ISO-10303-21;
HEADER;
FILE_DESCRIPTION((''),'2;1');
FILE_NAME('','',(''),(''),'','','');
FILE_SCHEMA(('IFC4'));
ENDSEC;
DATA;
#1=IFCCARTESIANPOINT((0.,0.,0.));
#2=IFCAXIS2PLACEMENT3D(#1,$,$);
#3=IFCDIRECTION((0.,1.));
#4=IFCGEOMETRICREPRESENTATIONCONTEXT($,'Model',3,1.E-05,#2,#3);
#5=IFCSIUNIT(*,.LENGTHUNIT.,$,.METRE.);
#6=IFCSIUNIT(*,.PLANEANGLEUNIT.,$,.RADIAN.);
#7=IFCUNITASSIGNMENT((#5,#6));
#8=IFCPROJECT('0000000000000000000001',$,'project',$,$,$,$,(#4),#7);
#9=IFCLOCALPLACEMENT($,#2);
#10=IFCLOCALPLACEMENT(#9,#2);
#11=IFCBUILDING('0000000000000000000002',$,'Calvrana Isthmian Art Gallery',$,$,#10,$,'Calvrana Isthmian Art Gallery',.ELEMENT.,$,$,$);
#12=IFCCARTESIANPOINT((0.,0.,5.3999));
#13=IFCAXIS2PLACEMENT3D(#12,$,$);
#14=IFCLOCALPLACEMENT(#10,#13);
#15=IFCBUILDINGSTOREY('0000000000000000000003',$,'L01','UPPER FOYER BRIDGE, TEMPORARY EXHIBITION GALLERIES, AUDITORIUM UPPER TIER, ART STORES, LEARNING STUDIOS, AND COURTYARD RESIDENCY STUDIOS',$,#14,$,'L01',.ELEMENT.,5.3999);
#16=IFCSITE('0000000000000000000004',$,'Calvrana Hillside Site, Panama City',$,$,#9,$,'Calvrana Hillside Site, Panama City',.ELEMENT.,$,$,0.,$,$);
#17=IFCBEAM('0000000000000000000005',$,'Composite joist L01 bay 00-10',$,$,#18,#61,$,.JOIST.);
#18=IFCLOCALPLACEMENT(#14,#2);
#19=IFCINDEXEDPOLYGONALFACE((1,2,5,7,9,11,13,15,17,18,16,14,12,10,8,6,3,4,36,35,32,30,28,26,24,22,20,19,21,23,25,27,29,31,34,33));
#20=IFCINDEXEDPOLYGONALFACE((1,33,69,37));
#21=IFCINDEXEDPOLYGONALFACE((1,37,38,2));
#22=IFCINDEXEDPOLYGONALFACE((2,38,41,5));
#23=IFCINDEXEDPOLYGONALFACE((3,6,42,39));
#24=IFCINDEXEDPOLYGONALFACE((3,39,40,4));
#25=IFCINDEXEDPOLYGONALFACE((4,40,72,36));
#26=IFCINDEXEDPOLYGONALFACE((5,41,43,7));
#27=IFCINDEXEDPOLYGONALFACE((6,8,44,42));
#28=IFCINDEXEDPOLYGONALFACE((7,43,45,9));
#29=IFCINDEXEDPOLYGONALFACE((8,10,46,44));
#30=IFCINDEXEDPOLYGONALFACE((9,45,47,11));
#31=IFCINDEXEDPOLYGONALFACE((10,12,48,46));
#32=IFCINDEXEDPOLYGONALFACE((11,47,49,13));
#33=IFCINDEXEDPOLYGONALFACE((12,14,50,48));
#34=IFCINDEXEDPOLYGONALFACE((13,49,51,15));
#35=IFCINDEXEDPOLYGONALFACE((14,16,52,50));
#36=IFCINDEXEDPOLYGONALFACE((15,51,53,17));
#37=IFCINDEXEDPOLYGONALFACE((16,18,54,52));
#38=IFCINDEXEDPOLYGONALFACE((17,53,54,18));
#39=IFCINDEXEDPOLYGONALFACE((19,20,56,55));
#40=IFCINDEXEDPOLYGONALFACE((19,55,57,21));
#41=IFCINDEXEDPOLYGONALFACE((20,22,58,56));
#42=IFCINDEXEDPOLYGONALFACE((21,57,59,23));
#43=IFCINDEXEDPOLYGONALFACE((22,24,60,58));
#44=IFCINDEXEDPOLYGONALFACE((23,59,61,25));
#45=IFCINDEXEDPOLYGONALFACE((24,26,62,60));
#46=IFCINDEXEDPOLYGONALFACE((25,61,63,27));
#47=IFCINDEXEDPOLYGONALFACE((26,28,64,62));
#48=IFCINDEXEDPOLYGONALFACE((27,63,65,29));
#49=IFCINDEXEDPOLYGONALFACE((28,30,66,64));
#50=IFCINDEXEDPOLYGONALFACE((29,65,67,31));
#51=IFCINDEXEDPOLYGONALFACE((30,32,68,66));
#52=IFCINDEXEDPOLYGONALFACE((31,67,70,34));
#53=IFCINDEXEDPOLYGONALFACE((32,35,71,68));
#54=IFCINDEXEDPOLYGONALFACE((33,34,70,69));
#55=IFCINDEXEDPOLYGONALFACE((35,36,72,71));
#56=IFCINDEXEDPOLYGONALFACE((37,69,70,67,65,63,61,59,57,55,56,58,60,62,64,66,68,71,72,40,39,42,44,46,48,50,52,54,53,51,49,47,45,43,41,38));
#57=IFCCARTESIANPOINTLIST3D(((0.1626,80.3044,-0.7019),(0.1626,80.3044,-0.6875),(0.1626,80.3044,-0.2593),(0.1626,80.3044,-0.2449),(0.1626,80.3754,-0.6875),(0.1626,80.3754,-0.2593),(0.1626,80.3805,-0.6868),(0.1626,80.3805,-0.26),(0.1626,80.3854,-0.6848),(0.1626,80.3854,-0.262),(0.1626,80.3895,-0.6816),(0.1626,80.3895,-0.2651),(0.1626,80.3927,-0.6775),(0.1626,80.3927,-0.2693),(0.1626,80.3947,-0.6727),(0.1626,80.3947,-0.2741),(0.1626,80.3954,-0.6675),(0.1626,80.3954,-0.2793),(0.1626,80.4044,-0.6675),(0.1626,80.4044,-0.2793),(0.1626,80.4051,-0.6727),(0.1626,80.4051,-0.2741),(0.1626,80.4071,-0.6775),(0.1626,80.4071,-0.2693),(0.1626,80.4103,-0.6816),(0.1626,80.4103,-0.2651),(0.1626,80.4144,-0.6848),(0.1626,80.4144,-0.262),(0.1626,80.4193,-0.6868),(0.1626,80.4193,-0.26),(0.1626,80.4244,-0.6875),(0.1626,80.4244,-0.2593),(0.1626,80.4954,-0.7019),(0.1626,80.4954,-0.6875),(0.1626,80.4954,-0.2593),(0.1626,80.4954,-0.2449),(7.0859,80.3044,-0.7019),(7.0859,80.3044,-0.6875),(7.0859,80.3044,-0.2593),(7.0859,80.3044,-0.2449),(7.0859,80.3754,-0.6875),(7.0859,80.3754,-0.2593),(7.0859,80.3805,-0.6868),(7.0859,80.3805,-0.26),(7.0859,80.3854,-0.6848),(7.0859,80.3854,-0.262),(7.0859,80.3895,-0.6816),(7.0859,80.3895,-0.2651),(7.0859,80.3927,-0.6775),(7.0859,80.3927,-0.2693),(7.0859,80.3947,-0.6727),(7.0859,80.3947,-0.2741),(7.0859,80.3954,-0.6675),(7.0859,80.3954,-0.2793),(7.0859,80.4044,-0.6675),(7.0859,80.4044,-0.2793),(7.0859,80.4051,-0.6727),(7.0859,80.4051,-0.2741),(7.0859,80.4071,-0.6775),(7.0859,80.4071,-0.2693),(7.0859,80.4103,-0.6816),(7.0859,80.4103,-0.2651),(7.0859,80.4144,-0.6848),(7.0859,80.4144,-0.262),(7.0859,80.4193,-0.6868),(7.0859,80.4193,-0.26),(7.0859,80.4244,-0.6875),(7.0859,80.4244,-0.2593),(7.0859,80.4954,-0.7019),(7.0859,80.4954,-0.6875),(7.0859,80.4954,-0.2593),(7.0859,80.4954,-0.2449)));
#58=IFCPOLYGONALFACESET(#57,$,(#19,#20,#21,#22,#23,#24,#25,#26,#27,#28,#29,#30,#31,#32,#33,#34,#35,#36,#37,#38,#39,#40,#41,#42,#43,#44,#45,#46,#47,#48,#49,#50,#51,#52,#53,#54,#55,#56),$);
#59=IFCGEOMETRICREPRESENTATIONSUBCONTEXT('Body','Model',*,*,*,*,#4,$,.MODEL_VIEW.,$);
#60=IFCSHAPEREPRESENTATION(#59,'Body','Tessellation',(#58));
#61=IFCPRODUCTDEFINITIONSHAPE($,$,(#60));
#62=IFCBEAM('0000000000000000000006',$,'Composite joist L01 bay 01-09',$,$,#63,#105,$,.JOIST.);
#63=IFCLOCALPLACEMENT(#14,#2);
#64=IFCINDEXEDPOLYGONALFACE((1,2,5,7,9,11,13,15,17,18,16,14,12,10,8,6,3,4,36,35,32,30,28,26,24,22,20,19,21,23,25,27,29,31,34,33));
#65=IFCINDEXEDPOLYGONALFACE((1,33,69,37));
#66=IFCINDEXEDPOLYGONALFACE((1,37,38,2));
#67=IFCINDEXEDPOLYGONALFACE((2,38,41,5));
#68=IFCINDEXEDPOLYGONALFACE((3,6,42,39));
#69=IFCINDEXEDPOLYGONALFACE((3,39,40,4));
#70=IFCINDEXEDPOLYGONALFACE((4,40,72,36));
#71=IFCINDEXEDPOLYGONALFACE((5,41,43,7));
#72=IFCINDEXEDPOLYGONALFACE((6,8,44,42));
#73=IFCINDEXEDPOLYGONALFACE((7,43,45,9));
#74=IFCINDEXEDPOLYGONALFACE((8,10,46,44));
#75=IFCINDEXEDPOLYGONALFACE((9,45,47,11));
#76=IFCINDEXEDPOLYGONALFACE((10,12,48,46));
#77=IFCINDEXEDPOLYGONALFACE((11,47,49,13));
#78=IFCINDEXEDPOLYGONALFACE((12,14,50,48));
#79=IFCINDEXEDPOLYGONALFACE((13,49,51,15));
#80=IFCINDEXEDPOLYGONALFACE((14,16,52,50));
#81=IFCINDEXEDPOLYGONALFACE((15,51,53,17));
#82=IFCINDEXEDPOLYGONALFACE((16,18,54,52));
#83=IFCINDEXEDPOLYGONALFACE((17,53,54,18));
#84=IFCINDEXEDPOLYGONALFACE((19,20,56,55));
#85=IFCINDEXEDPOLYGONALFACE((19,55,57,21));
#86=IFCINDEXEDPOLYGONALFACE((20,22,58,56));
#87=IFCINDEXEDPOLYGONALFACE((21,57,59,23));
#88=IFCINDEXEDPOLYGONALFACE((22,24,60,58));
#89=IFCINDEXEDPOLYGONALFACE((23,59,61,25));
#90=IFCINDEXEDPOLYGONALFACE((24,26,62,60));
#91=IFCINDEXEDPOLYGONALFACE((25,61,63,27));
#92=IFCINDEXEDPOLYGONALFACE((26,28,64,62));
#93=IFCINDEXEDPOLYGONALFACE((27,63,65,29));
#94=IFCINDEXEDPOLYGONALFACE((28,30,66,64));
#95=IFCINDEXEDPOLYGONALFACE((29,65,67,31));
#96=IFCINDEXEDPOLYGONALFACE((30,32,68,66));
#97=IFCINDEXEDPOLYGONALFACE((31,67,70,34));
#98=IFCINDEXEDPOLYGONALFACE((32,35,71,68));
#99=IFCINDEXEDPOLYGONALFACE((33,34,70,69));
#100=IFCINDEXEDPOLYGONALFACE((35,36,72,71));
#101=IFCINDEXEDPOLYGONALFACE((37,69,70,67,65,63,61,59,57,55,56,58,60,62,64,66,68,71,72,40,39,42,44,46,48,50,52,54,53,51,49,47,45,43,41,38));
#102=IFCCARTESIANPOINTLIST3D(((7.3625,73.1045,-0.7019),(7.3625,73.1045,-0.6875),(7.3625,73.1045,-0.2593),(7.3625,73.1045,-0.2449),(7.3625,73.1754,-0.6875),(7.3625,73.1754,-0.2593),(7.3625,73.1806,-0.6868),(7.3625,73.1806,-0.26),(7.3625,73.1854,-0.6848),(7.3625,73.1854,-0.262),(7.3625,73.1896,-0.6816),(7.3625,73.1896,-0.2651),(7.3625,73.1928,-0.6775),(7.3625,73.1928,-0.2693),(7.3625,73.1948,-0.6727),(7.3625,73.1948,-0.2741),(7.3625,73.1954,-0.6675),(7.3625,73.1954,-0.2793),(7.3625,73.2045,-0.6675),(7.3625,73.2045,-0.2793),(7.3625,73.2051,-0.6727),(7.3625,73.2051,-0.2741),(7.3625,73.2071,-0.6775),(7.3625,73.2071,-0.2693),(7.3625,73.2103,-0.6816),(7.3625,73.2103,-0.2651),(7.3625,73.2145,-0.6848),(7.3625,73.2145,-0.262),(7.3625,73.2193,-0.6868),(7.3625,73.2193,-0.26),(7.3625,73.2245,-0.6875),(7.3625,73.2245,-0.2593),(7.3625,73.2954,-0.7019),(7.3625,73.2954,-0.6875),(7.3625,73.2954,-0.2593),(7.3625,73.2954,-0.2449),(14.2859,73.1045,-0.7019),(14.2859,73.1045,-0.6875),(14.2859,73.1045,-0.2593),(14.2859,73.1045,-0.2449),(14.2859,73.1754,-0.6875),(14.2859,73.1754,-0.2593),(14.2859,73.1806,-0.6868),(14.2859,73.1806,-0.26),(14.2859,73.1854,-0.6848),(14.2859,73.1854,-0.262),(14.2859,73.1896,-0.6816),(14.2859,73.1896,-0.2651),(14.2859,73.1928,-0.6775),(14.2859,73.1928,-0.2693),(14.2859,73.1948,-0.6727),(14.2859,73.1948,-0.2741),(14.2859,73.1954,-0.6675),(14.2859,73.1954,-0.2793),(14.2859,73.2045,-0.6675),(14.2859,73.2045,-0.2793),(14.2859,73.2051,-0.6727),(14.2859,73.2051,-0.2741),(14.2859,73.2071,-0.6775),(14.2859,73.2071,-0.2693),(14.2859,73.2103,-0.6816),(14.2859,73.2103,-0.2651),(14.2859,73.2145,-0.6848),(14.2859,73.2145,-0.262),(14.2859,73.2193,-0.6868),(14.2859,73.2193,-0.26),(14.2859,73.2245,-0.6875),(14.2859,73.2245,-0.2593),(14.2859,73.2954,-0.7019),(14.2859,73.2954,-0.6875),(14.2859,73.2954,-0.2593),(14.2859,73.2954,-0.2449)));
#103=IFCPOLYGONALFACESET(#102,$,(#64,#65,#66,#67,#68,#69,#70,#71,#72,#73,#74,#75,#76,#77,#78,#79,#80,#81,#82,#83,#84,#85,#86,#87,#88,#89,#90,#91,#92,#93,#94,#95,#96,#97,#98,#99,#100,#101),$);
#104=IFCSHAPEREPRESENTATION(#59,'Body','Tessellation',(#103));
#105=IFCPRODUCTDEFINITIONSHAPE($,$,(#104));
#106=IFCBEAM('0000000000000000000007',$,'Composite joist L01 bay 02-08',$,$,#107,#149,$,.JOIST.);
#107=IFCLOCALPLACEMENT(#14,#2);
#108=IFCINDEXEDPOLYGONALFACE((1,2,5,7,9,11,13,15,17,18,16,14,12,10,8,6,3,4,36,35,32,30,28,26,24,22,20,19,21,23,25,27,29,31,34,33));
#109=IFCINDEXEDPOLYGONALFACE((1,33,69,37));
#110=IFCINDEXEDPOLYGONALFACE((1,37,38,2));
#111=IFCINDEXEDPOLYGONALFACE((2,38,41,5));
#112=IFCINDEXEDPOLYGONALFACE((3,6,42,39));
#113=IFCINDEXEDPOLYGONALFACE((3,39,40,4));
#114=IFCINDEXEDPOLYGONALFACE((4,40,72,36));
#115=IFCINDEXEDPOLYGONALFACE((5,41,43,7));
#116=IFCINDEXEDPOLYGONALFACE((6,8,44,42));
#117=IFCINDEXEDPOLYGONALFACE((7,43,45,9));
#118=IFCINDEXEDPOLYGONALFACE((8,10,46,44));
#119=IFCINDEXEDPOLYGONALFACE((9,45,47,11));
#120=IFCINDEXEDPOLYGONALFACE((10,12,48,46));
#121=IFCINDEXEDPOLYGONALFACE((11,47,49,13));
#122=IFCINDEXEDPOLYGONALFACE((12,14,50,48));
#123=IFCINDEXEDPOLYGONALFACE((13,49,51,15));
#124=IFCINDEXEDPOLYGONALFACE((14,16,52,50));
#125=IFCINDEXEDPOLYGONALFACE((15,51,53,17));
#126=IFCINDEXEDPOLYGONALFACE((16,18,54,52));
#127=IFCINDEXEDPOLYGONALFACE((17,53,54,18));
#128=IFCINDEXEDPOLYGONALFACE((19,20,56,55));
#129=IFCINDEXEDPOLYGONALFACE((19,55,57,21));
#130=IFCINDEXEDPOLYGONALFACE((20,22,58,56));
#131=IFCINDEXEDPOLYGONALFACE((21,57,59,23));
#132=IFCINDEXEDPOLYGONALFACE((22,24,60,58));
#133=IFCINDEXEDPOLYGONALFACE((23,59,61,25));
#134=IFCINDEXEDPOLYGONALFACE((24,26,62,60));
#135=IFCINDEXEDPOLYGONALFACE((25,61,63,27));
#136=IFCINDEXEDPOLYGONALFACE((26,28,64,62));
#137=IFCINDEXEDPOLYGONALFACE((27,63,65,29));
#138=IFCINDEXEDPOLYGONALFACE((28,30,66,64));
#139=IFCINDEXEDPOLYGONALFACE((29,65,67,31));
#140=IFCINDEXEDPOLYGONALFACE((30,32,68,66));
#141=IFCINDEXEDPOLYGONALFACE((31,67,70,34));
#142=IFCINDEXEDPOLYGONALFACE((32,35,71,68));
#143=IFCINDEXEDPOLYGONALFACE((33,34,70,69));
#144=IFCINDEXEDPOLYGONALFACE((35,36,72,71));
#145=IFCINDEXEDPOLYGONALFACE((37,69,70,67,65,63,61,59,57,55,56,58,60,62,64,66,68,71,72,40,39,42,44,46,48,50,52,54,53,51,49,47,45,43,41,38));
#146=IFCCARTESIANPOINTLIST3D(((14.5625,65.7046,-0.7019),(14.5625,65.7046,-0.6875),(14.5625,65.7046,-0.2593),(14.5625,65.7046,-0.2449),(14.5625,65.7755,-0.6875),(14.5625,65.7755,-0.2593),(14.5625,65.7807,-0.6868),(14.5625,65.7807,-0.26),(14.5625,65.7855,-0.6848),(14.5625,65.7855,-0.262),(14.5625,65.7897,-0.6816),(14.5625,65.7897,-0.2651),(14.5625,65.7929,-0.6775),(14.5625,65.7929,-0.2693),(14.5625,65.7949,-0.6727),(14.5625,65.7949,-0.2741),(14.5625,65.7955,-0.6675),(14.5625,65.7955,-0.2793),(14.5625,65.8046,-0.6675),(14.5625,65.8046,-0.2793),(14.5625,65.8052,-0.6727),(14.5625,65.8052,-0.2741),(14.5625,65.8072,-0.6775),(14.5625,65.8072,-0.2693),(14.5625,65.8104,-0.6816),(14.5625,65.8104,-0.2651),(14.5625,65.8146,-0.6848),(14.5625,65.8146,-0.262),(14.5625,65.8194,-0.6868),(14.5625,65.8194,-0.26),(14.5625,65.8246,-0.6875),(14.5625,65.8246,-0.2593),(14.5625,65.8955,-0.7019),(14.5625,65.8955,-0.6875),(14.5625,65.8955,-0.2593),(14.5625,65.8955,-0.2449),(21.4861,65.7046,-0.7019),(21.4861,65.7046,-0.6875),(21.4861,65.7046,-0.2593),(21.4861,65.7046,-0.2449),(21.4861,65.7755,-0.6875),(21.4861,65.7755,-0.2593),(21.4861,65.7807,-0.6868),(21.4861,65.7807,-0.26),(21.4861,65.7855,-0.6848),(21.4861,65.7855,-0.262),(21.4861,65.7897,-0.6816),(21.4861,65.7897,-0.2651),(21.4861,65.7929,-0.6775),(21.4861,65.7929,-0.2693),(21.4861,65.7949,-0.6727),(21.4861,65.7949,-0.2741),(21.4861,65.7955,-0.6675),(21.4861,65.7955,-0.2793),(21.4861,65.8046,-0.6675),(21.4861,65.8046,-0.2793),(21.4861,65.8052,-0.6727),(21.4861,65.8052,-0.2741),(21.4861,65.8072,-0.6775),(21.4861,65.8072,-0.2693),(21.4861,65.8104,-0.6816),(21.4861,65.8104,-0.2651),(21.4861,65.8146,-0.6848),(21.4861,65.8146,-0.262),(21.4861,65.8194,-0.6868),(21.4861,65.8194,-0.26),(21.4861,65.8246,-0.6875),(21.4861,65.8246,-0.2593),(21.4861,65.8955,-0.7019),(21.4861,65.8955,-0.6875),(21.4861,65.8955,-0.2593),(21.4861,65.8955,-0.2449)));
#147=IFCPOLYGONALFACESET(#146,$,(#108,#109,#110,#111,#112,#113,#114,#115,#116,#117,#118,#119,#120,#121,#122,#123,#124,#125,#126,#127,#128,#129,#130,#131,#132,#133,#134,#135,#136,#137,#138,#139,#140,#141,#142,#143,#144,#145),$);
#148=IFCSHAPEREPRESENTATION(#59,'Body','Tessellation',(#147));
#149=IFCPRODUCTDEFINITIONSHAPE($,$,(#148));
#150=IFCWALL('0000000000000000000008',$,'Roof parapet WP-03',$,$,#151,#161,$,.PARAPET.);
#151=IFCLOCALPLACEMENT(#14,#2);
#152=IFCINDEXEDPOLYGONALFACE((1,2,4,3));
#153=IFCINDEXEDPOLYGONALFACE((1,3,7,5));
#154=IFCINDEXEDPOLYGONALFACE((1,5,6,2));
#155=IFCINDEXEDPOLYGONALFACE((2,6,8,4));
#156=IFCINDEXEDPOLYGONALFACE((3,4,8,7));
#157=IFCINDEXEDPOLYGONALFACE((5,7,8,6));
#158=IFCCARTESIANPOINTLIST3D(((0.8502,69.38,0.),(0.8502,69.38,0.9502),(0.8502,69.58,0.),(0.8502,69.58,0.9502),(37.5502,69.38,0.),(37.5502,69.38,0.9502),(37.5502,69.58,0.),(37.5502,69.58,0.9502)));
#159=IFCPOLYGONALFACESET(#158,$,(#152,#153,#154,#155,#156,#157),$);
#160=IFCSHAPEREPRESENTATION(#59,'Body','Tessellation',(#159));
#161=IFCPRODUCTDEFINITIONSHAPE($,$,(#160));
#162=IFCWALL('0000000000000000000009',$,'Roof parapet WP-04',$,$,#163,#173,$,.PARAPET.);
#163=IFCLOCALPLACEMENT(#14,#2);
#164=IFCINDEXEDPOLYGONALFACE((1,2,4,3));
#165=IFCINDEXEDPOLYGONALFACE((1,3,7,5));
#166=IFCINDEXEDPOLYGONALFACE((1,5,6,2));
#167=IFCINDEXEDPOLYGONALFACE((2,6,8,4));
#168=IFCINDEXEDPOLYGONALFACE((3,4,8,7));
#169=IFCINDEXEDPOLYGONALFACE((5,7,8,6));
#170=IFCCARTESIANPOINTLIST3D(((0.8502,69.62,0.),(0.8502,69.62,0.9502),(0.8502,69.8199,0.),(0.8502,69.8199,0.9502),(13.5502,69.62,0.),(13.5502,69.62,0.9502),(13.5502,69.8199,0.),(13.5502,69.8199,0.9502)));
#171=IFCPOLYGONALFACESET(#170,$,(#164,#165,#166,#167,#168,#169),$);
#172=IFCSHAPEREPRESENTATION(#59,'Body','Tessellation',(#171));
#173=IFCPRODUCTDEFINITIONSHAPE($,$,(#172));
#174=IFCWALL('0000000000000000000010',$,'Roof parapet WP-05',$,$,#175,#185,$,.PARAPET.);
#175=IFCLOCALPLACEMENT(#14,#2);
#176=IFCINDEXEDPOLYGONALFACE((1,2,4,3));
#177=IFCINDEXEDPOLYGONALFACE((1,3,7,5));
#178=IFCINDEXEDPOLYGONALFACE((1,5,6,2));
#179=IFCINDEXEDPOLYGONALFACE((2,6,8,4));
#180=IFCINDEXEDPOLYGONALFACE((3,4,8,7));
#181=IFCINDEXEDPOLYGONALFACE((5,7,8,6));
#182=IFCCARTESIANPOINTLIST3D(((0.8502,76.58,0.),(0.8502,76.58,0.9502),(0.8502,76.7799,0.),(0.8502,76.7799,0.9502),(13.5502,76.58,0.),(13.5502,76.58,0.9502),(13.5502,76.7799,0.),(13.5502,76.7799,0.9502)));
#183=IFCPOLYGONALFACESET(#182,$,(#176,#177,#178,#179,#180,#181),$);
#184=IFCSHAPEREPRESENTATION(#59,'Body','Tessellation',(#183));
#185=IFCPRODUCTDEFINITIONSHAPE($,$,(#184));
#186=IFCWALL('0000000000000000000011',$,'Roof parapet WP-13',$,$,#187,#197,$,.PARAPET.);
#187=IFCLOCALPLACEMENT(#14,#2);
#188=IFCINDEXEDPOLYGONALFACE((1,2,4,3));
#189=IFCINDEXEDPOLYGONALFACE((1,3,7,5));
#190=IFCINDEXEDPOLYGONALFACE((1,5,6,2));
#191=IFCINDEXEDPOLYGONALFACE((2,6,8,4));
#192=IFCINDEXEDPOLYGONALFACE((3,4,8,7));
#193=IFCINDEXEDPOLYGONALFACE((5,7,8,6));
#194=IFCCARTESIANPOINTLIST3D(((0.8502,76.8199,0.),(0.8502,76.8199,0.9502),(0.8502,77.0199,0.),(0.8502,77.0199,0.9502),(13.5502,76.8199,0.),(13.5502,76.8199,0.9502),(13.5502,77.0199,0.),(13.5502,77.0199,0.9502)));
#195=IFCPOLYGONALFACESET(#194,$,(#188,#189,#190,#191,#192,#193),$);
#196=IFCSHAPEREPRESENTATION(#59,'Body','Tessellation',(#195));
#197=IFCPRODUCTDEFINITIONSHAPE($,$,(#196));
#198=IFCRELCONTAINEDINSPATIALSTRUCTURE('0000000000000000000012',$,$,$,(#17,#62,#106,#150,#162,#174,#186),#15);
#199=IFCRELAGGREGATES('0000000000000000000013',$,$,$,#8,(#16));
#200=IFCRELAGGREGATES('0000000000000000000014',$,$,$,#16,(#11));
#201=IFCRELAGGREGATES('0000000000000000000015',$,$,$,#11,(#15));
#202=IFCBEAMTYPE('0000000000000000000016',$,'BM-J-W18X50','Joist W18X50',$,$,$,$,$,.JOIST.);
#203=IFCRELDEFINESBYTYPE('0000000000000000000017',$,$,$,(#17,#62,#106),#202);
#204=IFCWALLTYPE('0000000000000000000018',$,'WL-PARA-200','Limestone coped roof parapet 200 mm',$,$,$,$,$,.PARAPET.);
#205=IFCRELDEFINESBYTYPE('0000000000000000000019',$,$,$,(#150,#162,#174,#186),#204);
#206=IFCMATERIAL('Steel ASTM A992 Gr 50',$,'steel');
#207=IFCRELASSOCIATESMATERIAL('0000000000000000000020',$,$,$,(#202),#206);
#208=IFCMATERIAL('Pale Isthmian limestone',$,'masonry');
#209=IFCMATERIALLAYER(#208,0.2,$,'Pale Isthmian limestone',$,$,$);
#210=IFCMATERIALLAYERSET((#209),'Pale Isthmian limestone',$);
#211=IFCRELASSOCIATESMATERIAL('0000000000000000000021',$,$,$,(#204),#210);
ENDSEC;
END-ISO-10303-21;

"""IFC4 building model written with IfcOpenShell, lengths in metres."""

from ifc_helpers import new_model, si_unit, direction, frame, frame_2d, origin, origin_2d, place, context, subcontext, project, spatial, rectangle, i_section, extrude, material, layer, layer_set, material_profile, profile_set, type_object, element, save


model = new_model("IFC4")

# Units and contexts
model_context = context("Model", 3, precision=1e-05, world=origin(), true_north=direction((0.0, 1.0)))
body_context = subcontext(model_context, "Body", "Model", "MODEL_VIEW")
ifc_project = project(units=[si_unit("LENGTHUNIT", "METRE"), si_unit("PLANEANGLEUNIT", "RADIAN")], contexts=[model_context])

# Site, building, storey
site_placement = place(None, origin())
site = spatial("IfcSite", under=ifc_project, at=site_placement, Name="Calvrana Hillside Site, Panama City", LongName="Calvrana Hillside Site, Panama City", CompositionType="ELEMENT", RefElevation=0.0)
building_placement = place(site_placement, origin())
building = spatial("IfcBuilding", under=site, at=building_placement, Name="Calvrana Isthmian Art Gallery", LongName="Calvrana Isthmian Art Gallery", CompositionType="ELEMENT")
storey_placement = place(building_placement, frame((0.0, 0.0, 5.3999)))
storey = spatial("IfcBuildingStorey", under=building, at=storey_placement, Name="L01", Description="UPPER FOYER BRIDGE, TEMPORARY EXHIBITION GALLERIES, AUDITORIUM UPPER TIER, ART STORES, LEARNING STUDIOS, AND COURTYARD RESIDENCY STUDIOS", LongName="L01", CompositionType="ELEMENT", Elevation=5.3999)

# Beams
ifc_material_1 = material(Name="Steel ASTM A992 Gr 50", Category="steel")
ifc_material_profile_1 = material_profile(ifc_material_1, i_section(OverallWidth=0.1909, OverallDepth=0.457, WebThickness=0.009, FlangeThickness=0.0144, FilletRadius=0.02, at=origin_2d()), Name="W18X50")
ifc_profile_set_1 = profile_set([ifc_material_profile_1], Name="Steel ASTM A992 Gr 50")
beam_type_1 = type_object("IfcBeamType", Name="BM-J-W18X50", Description="Joist W18X50", PredefinedType="JOIST", material=ifc_profile_set_1)
for number, where, z_axis, x_axis, name in (
    (1, (0.1626, 80.3999, -0.4734), (1.0, 0.0, 0.0), (0.0, 1.0, 0.0), "Composite joist L01 bay 00-10"),
    (2, (7.3625, 73.2, -0.4734), (1.0, 0.0, 0.0), (0.0, 1.0, 0.0), "Composite joist L01 bay 01-09"),
):
    element("IfcBeam", number, at=place(storey_placement, frame(where, z_axis=z_axis, x_axis=x_axis)), inside=storey, type_object=beam_type_1, Name=name, PredefinedType="JOIST", context=body_context, shape_type="SweptSolid", body=[
        extrude(i_section(OverallWidth=0.1909, OverallDepth=0.457, WebThickness=0.009, FlangeThickness=0.0144, FilletRadius=0.02, at=origin_2d()), origin(), (0.0, 0.0, 1.0), 6.9233),
    ])
beam_1_placement = place(storey_placement, frame((14.5625, 65.8, -0.4734), z_axis=(1.0, 0.0, 0.0), x_axis=(0.0, 1.0, 0.0)))
element("IfcBeam", 3, at=beam_1_placement, inside=storey, type_object=beam_type_1, Name="Composite joist L01 bay 02-08", PredefinedType="JOIST", context=body_context, shape_type="SweptSolid", body=[
    extrude(i_section(OverallWidth=0.1909, OverallDepth=0.457, WebThickness=0.009, FlangeThickness=0.0144, FilletRadius=0.02, at=origin_2d()), origin(), (0.0, 0.0, 1.0), 6.9236),
])

# Walls
ifc_material_2 = material(Name="Pale Isthmian limestone", Category="masonry")
ifc_layer = layer(ifc_material_2, 0.2, Name="Pale Isthmian limestone")
ifc_layer_set = layer_set([ifc_layer], Name="Pale Isthmian limestone")
wall_type = type_object("IfcWallType", Name="WL-PARA-200", Description="Limestone coped roof parapet 200 mm", PredefinedType="PARAPET", material=ifc_layer_set)
wall_placement = place(storey_placement, frame((0.8501, 69.48, 0.0), z_axis=(0.0, 0.0, 1.0), x_axis=(1.0, 0.0, 0.0)))
element("IfcWall", 4, at=wall_placement, inside=storey, type_object=wall_type, Name="Roof parapet WP-03", PredefinedType="PARAPET", context=body_context, shape_type="SweptSolid", body=[
    extrude(rectangle(XDim=36.7, YDim=0.2, at=frame_2d((18.3501, 0.0))), origin(), (0.0, 0.0, 1.0), 0.9502),
])
for number, where, z_axis, x_axis, name in (
    (5, (0.8501, 69.72, 0.0), (0.0, 0.0, 1.0), (1.0, 0.0, 0.0), "Roof parapet WP-04"),
    (6, (0.8501, 76.6799, 0.0), (0.0, 0.0, 1.0), (1.0, 0.0, 0.0), "Roof parapet WP-05"),
    (7, (0.8501, 76.9199, 0.0), (0.0, 0.0, 1.0), (1.0, 0.0, 0.0), "Roof parapet WP-13"),
):
    element("IfcWall", number, at=place(storey_placement, frame(where, z_axis=z_axis, x_axis=x_axis)), inside=storey, type_object=wall_type, Name=name, PredefinedType="PARAPET", context=body_context, shape_type="SweptSolid", body=[
        extrude(rectangle(XDim=12.7, YDim=0.2, at=frame_2d((6.3501, 0.0))), origin(), (0.0, 0.0, 1.0), 0.9502),
    ])

save(model, "model.ifc")
